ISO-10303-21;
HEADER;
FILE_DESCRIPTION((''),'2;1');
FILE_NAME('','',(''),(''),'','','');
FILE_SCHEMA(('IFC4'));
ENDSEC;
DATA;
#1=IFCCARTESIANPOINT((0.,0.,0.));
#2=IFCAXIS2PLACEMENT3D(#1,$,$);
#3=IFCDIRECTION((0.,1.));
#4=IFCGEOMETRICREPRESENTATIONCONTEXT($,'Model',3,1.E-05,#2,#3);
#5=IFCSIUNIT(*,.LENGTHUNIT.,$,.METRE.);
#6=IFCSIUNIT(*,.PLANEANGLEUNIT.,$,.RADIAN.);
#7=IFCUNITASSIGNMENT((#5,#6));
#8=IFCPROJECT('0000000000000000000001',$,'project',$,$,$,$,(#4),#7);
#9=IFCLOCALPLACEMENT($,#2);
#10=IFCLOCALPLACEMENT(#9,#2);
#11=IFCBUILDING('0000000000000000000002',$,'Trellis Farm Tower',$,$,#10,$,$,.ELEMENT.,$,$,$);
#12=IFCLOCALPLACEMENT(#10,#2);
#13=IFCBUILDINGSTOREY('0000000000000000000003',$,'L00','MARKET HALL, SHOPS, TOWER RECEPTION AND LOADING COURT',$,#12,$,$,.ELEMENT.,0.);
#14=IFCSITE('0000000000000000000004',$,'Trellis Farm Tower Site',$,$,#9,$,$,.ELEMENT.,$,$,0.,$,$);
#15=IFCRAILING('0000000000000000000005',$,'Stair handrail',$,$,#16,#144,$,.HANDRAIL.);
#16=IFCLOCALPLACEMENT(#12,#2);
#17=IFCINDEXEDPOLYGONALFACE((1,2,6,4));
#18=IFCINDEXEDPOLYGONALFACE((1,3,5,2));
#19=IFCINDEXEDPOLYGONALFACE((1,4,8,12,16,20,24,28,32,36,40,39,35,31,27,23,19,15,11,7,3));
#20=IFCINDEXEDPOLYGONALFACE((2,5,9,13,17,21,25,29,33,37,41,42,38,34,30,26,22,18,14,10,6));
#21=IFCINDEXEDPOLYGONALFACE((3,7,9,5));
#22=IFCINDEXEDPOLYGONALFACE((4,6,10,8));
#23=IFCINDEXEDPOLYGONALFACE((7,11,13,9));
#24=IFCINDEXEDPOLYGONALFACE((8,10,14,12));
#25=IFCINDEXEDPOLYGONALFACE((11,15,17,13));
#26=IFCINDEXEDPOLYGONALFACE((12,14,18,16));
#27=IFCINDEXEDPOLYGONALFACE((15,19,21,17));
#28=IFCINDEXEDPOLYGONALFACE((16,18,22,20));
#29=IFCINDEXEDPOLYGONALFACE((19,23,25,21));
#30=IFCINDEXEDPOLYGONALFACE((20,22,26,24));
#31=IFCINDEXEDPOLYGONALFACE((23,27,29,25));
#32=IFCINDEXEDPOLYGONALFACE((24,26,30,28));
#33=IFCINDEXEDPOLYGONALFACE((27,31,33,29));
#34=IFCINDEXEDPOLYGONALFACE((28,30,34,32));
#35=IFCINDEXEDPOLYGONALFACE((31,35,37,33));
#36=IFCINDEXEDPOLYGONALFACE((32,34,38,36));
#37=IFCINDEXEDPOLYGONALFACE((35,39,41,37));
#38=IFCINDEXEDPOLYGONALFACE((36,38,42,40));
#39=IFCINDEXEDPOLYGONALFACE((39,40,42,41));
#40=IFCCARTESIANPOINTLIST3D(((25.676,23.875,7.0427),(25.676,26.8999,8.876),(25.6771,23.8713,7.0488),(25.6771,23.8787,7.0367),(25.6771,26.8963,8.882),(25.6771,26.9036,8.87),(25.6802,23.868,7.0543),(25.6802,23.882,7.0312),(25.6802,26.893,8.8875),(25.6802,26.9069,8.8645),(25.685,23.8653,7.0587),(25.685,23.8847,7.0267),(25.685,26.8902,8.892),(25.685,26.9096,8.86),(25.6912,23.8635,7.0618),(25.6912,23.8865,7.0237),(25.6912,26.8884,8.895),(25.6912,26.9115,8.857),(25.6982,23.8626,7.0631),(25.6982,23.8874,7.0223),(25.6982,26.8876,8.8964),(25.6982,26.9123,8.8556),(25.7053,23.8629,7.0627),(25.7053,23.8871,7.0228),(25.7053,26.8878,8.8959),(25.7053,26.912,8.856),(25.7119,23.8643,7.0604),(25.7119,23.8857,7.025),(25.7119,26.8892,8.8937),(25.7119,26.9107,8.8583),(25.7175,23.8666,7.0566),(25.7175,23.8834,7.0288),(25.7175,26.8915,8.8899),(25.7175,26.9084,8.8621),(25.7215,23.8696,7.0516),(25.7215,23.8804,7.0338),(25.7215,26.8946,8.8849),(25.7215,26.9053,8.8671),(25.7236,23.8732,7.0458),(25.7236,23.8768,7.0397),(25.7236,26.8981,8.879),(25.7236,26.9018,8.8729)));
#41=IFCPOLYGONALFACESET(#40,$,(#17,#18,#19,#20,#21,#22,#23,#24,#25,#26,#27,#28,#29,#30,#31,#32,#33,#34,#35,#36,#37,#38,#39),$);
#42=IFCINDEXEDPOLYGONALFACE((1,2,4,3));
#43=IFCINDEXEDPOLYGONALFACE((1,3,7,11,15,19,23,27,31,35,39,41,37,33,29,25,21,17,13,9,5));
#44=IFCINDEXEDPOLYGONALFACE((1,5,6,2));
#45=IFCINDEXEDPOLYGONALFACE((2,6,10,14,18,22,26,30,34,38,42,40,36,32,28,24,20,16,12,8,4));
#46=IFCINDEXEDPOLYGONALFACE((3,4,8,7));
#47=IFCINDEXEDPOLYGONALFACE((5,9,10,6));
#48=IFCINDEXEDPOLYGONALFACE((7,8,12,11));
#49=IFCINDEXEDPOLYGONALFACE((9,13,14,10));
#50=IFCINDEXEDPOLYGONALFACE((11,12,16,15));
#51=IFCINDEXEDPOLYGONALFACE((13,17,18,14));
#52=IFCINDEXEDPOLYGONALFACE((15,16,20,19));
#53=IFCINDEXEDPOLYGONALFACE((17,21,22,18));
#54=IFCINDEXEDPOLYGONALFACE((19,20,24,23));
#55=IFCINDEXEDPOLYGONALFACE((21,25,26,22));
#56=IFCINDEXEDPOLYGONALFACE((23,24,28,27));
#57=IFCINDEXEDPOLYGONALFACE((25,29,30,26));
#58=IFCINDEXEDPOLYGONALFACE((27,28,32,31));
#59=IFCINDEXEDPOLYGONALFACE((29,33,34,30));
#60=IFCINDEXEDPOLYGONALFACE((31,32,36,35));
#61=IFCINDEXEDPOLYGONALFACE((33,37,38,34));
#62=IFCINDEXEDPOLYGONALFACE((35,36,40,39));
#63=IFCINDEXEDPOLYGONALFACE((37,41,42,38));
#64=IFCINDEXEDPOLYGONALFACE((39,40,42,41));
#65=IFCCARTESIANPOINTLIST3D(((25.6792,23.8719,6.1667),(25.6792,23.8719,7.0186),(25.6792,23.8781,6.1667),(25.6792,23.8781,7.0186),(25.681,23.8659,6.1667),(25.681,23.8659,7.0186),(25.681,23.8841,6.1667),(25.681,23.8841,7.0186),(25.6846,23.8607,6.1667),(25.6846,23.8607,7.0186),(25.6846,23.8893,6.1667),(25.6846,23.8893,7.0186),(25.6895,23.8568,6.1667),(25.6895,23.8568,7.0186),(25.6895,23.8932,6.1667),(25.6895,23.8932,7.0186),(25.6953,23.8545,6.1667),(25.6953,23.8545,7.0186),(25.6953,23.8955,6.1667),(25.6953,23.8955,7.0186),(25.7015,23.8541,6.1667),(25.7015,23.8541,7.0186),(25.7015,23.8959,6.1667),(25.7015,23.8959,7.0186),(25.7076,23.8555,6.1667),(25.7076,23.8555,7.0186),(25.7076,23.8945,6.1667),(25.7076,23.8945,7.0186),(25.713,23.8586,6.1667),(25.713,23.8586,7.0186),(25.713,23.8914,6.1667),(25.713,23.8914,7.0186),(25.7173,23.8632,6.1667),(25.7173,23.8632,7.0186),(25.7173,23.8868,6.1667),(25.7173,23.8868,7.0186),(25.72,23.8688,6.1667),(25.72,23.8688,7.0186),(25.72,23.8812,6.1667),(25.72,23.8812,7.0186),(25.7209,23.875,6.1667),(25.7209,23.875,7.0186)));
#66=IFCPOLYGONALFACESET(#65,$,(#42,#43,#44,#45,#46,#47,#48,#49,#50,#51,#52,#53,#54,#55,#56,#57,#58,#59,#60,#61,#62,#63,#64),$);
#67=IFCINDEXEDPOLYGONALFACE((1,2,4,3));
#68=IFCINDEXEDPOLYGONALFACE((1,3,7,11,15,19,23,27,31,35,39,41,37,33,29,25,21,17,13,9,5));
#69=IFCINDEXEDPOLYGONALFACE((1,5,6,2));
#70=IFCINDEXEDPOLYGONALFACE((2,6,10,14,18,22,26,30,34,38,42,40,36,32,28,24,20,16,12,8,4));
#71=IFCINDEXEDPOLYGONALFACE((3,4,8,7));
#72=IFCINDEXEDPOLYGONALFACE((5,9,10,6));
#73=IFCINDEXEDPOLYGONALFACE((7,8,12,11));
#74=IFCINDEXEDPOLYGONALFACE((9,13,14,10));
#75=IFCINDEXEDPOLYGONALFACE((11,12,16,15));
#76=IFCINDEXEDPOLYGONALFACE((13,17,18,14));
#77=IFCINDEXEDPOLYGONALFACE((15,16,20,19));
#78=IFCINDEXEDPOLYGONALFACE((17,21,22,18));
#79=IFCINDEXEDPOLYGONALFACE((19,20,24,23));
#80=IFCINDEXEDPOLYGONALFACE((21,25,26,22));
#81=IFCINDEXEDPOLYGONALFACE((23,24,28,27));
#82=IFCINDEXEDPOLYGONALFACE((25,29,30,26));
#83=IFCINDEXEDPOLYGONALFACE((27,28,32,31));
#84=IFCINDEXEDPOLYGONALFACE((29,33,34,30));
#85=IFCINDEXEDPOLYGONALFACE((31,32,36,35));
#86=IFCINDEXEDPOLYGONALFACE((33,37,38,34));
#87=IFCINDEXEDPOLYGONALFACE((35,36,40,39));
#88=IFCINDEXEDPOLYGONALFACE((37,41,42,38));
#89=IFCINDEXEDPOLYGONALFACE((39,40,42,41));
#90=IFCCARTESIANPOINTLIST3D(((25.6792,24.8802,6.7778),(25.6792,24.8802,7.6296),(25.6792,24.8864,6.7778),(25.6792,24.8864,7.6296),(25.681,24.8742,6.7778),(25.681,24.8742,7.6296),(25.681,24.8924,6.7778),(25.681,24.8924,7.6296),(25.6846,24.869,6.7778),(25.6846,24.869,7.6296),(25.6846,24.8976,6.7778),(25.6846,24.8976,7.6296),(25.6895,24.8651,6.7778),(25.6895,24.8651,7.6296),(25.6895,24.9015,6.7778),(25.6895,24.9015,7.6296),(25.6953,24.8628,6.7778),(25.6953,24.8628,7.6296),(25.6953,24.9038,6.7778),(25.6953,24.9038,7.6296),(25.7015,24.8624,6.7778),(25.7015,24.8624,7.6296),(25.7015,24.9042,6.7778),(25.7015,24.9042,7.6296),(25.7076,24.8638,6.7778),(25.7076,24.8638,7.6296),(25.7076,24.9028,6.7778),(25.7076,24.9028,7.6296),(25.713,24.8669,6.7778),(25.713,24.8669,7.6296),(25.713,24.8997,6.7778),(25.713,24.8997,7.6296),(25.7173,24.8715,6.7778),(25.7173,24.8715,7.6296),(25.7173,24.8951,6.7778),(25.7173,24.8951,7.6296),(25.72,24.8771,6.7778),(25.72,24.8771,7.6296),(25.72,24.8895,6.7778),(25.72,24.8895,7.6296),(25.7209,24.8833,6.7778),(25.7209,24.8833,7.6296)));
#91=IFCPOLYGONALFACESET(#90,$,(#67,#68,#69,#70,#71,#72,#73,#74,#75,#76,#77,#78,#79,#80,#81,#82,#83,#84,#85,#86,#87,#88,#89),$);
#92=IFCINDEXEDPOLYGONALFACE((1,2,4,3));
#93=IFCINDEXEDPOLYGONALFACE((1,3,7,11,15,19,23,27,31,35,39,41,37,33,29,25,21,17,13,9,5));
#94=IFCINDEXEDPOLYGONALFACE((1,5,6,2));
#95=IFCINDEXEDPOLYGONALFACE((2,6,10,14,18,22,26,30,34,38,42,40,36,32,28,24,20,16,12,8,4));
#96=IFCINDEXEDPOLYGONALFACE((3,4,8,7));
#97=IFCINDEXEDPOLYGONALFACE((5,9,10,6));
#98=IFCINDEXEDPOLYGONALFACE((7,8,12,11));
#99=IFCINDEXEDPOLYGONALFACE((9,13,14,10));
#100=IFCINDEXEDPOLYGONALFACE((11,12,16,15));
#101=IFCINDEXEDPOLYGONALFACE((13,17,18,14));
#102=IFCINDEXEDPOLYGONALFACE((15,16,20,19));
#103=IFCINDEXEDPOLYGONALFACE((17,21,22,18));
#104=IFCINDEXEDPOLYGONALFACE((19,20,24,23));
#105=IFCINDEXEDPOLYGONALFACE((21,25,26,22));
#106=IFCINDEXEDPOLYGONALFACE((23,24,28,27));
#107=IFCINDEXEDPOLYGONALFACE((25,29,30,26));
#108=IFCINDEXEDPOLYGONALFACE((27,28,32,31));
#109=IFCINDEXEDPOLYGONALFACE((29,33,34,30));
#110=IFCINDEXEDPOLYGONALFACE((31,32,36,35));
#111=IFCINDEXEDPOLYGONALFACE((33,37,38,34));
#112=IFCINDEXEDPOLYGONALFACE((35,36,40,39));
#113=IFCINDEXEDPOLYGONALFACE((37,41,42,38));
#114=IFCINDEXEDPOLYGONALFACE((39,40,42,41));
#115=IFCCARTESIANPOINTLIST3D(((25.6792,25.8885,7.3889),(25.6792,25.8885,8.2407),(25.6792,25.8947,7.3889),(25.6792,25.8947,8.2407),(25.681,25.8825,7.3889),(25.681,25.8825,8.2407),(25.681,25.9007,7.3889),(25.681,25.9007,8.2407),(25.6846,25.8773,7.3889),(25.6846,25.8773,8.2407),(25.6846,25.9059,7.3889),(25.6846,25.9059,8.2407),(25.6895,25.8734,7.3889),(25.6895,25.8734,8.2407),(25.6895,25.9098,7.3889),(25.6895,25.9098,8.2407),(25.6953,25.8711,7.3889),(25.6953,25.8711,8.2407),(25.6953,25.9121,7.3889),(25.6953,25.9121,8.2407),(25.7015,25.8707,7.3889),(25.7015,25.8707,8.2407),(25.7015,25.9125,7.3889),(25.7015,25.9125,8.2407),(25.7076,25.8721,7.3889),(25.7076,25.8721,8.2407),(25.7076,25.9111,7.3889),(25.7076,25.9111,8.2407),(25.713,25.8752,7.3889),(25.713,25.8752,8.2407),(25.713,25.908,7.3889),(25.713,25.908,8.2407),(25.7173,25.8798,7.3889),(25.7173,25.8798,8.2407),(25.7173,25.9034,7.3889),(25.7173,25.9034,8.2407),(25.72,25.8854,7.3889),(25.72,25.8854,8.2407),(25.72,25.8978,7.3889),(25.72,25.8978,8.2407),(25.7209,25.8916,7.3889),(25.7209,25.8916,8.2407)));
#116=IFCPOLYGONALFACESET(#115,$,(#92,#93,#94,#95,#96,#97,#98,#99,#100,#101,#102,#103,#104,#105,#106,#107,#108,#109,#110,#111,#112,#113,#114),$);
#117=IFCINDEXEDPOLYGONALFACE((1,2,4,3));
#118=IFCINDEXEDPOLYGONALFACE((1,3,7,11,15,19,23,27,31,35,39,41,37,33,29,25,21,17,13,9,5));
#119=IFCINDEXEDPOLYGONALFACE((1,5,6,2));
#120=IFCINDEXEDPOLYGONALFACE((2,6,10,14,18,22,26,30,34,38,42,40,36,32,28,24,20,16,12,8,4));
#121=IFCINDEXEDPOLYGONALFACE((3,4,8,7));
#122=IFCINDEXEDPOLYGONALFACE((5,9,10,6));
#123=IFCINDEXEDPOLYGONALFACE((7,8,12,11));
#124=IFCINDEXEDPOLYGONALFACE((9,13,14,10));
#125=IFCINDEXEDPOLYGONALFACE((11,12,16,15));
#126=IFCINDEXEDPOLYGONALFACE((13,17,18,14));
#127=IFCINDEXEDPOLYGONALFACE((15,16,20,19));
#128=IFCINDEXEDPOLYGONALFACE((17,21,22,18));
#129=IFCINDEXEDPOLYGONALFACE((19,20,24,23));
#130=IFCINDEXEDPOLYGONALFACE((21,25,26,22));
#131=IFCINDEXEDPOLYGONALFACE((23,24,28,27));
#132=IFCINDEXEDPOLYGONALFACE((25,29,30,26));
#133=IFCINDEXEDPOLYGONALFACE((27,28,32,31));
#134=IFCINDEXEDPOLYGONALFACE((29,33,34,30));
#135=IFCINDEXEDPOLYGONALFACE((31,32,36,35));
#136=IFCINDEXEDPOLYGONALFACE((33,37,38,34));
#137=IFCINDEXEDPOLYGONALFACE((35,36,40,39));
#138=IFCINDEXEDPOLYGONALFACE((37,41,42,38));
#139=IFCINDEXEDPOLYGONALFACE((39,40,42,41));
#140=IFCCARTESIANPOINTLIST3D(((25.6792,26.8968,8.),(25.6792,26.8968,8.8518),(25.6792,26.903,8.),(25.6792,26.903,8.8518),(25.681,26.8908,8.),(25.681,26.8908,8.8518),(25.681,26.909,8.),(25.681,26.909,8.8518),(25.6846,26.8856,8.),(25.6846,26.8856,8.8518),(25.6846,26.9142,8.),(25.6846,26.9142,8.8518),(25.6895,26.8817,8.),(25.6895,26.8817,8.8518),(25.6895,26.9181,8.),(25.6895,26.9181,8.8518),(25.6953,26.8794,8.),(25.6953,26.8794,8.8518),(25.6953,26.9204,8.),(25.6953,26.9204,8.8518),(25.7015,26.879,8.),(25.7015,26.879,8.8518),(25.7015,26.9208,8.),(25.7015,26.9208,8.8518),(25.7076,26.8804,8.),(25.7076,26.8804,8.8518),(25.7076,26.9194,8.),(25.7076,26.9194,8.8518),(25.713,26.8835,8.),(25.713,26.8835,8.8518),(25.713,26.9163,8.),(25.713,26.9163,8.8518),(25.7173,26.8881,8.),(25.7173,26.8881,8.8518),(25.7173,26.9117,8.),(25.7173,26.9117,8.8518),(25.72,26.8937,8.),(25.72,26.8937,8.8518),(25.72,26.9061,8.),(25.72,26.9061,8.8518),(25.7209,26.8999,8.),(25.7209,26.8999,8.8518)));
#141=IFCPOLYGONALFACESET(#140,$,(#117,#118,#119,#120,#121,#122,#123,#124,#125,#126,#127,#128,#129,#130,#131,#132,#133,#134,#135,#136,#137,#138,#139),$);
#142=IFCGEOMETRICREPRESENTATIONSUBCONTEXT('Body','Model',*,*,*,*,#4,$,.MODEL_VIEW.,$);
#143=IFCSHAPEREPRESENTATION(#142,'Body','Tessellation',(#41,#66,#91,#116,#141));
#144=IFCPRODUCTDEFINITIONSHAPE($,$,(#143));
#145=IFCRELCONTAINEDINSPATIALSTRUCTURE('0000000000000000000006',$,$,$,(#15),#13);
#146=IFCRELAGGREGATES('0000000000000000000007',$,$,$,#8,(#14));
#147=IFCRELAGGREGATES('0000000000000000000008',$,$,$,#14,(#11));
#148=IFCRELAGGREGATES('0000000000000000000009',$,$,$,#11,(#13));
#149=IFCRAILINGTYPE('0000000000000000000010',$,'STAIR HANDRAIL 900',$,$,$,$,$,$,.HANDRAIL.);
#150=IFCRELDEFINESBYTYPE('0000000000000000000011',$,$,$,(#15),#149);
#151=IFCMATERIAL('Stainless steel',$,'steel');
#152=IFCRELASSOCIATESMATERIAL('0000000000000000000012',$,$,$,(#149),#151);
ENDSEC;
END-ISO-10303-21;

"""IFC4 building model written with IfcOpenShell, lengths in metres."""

from ifc_helpers import new_model, si_unit, direction, frame, origin, origin_2d, place, context, subcontext, project, spatial, circle, extrude, source, transform, mapped, material, type_object, element, save


model = new_model("IFC4")

# Units and contexts
model_context = context("Model", 3, precision=1e-05, world=origin(), true_north=direction((0.0, 1.0)))
body_context = subcontext(model_context, "Body", "Model", "MODEL_VIEW")
ifc_project = project(units=[si_unit("LENGTHUNIT", "METRE"), si_unit("PLANEANGLEUNIT", "RADIAN")], contexts=[model_context])

# Site, building, storey
site_placement = place(None, origin())
site = spatial("IfcSite", under=ifc_project, at=site_placement, Name="Trellis Farm Tower Site", CompositionType="ELEMENT", RefElevation=0.0)
building_placement = place(site_placement, origin())
building = spatial("IfcBuilding", under=site, at=building_placement, Name="Trellis Farm Tower", CompositionType="ELEMENT")
storey_placement = place(building_placement, origin())
storey = spatial("IfcBuildingStorey", under=building, at=storey_placement, Name="L00", Description="MARKET HALL, SHOPS, TOWER RECEPTION AND LOADING COURT", CompositionType="ELEMENT", Elevation=0.0)

# Railing
ifc_material_1 = material(Name="Stainless steel", Category="steel")
railing_type = type_object("IfcRailingType", Name="STAIR HANDRAIL 900", PredefinedType="HANDRAIL", material=ifc_material_1)
shared_shape_1 = source(origin(), body_context, "Body", "SweptSolid", [
    extrude(circle(Radius=0.0239, at=origin_2d()), frame((0.0, 0.0, 0.876), z_axis=(0.0, 0.855201, 0.518297), x_axis=(-1.0, 0.0, 0.0)), (0.0, 0.0, 1.0), 3.5371),
    extrude(circle(Radius=0.021, at=origin_2d()), origin(), (0.0, 0.0, 1.0), 0.8518),
    extrude(circle(Radius=0.021, at=origin_2d()), frame((0.0, 1.0083, 0.6111)), (0.0, 0.0, 1.0), 0.8518),
    extrude(circle(Radius=0.021, at=origin_2d()), frame((0.0, 2.0166, 1.2222)), (0.0, 0.0, 1.0), 0.8518),
    extrude(circle(Radius=0.021, at=origin_2d()), frame((0.0, 3.0249, 1.8333)), (0.0, 0.0, 1.0), 0.8518),
])
for number, where, name in (
    (1, (25.7, 23.875, 6.1667), "Stair handrail"),
):
    element("IfcRailing", number, at=place(storey_placement, frame(where)), inside=storey, type_object=railing_type, Name=name, PredefinedType="HANDRAIL", context=body_context, shape_type="MappedRepresentation", body=[
        mapped(shared_shape_1, transform((0.0, 0.0, 0.0))),
    ])

save(model, "model.ifc")
